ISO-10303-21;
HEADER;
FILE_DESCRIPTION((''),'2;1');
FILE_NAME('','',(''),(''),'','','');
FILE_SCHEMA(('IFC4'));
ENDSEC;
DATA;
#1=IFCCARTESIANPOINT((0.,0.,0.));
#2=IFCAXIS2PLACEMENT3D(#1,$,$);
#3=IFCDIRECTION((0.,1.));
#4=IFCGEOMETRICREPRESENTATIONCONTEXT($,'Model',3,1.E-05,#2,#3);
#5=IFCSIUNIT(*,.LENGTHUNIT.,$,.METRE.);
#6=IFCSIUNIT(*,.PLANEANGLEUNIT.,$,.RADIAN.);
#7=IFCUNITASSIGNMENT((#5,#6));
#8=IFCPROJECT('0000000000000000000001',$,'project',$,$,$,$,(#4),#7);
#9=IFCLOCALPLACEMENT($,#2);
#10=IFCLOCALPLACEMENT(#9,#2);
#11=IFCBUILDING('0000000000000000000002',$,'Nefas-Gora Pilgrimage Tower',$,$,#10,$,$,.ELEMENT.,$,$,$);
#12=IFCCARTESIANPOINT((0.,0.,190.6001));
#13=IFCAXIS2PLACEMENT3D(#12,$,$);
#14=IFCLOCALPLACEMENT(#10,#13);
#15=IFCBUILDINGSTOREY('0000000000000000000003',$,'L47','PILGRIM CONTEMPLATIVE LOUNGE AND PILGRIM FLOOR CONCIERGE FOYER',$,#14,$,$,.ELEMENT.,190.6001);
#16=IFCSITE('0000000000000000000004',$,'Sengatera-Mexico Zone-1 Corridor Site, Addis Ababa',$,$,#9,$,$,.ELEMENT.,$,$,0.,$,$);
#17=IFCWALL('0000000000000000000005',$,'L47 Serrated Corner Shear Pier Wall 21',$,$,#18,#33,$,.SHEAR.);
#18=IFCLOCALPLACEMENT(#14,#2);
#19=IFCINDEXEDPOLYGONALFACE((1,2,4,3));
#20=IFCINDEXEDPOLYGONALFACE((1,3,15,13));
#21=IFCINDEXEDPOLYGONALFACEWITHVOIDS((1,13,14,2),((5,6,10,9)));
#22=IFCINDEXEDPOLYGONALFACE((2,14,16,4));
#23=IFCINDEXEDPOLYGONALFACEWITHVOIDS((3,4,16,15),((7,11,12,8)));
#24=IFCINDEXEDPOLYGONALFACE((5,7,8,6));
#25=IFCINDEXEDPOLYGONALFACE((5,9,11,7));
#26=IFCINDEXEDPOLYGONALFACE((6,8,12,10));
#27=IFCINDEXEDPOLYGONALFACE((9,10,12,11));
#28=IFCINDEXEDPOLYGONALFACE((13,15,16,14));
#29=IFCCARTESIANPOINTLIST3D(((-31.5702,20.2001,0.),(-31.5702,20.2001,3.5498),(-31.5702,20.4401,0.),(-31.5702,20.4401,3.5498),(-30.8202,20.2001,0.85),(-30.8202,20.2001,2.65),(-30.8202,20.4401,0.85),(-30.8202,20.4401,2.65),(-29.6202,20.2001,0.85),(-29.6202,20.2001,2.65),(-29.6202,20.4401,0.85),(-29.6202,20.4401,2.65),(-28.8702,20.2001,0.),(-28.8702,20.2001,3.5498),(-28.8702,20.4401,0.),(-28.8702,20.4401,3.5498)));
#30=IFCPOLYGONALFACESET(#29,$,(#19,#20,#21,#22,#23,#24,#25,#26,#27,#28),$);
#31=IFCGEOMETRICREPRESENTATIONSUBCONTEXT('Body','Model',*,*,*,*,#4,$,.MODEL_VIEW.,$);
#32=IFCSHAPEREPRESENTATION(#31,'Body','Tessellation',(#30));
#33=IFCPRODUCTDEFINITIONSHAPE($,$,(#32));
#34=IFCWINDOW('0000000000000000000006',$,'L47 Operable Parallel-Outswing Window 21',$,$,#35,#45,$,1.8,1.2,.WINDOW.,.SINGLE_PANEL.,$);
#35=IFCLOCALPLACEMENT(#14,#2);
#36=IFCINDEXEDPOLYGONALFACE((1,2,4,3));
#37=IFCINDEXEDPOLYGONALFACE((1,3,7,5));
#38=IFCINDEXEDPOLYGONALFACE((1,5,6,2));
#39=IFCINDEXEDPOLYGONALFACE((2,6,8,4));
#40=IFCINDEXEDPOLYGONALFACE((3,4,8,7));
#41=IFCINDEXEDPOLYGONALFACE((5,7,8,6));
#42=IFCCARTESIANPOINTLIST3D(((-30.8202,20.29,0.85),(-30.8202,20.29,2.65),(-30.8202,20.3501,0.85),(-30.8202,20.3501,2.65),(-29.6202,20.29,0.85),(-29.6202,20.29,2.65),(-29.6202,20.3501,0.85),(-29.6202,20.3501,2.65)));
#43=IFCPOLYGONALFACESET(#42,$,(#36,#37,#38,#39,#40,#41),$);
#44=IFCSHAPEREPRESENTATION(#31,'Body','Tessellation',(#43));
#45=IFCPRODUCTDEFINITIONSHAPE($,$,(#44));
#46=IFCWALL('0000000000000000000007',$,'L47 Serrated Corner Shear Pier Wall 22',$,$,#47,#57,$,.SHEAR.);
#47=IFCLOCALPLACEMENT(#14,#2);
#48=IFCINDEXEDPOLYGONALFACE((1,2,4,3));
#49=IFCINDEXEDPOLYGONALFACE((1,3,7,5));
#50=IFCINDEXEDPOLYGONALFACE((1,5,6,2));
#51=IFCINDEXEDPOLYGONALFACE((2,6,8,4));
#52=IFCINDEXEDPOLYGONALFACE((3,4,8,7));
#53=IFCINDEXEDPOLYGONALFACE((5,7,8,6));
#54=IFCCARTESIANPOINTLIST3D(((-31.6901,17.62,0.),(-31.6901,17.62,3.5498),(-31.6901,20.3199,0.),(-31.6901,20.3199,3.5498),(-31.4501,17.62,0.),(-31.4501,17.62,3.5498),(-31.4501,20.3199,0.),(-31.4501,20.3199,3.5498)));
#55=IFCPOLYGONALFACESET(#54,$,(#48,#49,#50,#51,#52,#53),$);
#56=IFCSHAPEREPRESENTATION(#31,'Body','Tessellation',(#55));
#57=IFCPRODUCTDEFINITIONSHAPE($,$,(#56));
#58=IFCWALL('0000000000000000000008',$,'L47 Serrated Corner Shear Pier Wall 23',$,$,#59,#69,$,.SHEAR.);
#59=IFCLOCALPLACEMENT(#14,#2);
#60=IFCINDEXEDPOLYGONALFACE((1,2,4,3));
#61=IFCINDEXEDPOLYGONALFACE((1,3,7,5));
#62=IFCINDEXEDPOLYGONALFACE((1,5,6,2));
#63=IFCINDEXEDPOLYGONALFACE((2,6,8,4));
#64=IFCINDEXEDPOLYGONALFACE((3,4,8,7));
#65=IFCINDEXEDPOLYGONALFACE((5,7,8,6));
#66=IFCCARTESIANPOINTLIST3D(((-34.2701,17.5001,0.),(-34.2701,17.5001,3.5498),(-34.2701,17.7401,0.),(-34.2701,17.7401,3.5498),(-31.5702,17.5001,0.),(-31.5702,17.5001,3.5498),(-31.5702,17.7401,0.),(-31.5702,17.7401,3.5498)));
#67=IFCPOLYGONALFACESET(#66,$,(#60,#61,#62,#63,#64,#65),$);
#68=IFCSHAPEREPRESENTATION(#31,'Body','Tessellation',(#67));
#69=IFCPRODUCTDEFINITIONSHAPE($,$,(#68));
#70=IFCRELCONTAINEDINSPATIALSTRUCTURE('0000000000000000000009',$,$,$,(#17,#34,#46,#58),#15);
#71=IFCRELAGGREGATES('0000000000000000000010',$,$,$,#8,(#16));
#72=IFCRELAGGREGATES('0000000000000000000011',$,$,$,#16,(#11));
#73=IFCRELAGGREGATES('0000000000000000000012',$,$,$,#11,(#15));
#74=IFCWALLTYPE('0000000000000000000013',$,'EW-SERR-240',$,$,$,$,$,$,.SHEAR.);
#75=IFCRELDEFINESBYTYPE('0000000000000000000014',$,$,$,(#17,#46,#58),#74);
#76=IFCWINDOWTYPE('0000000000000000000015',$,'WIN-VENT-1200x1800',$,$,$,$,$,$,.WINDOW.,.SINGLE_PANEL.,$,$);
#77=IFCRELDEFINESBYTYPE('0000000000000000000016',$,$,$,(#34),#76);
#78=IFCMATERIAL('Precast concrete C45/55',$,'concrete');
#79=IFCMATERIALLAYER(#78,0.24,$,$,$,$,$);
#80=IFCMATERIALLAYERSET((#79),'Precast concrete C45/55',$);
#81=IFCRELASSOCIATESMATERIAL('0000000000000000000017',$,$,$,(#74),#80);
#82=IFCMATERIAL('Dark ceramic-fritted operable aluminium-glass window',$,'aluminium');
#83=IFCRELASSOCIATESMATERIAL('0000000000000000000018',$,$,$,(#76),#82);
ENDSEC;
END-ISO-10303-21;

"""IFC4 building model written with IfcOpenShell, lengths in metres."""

from ifc_helpers import new_model, si_unit, direction, frame, frame_2d, origin, place, context, subcontext, project, spatial, rectangle, extrude, source, transform, mapped, material, layer, layer_set, type_object, element, fill, save


model = new_model("IFC4")

# Units and contexts
model_context = context("Model", 3, precision=1e-05, world=origin(), true_north=direction((0.0, 1.0)))
body_context = subcontext(model_context, "Body", "Model", "MODEL_VIEW")
ifc_project = project(units=[si_unit("LENGTHUNIT", "METRE"), si_unit("PLANEANGLEUNIT", "RADIAN")], contexts=[model_context])

# Site, building, storey
site_placement = place(None, origin())
site = spatial("IfcSite", under=ifc_project, at=site_placement, Name="Sengatera-Mexico Zone-1 Corridor Site, Addis Ababa", CompositionType="ELEMENT", RefElevation=0.0)
building_placement = place(site_placement, origin())
building = spatial("IfcBuilding", under=site, at=building_placement, Name="Nefas-Gora Pilgrimage Tower", CompositionType="ELEMENT")
storey_placement = place(building_placement, frame((0.0, 0.0, 190.6001)))
storey = spatial("IfcBuildingStorey", under=building, at=storey_placement, Name="L47", Description="PILGRIM CONTEMPLATIVE LOUNGE AND PILGRIM FLOOR CONCIERGE FOYER", CompositionType="ELEMENT", Elevation=190.6001)

# Shared definitions
ifc_material_1 = material(Name="Precast concrete C45/55", Category="concrete")
ifc_layer_1 = layer(ifc_material_1, 0.24)
ifc_layer_set_1 = layer_set([ifc_layer_1], Name="Precast concrete C45/55")
wall_type_1 = type_object("IfcWallType", Name="EW-SERR-240", PredefinedType="SHEAR", material=ifc_layer_set_1)
shared_shape_1 = source(origin(), body_context, "Body", "SweptSolid", [
    extrude(rectangle(XDim=2.7, YDim=0.24, at=frame_2d((1.3501, 0.0))), origin(), (0.0, 0.0, 1.0), 3.5498),
])

# Wall, opening, window
wall_1_placement = place(storey_placement, frame((-28.8701, 20.3201, 0.0), z_axis=(0.0, 0.0, 1.0), x_axis=(-1.0, 0.0, 0.0)))
wall_1 = element("IfcWall", 1, at=wall_1_placement, inside=storey, type_object=wall_type_1, Name="L47 Serrated Corner Shear Pier Wall 21", PredefinedType="SHEAR", context=body_context, shape_type="MappedRepresentation", body=[
    mapped(shared_shape_1, transform((0.0, 0.0, 0.0), x_axis=(1.0, 0.0, 0.0), y_axis=(0.0, 1.0, 0.0), z_axis=(0.0, 0.0, 1.0), scale=1.0)),
])
opening_placement = place(wall_1_placement, frame((0.75, 0.0, 0.8501)))
opening = element("IfcOpeningElement", 2, at=opening_placement, cuts=wall_1, PredefinedType="OPENING", context=body_context, shape_type="SweptSolid", body=[
    extrude(rectangle(XDim=1.2, YDim=1.8, at=frame_2d((0.6001, 0.8999))), frame((0.0, 0.1299, 0.0), z_axis=(0.0, -1.0, 0.0), x_axis=(1.0, 0.0, 0.0)), (0.0, 0.0, 1.0), 0.26),
])
ifc_material_2 = material(Name="Dark ceramic-fritted operable aluminium-glass window", Category="aluminium")
window_type = type_object("IfcWindowType", Name="WIN-VENT-1200x1800", PartitioningType="SINGLE_PANEL", PredefinedType="WINDOW", material=ifc_material_2)
shared_shape_2 = source(origin(), body_context, "Body", "SweptSolid", [
    extrude(rectangle(XDim=1.2, YDim=1.8, at=frame_2d((0.6001, 0.8999))), frame((0.0, 0.03, 0.0), z_axis=(0.0, -1.0, 0.0), x_axis=(1.0, 0.0, 0.0)), (0.0, 0.0, 1.0), 0.0601),
])
window_placement = place(opening_placement, origin())
window = element("IfcWindow", 3, at=window_placement, inside=storey, type_object=window_type, Name="L47 Operable Parallel-Outswing Window 21", OverallHeight=1.8, OverallWidth=1.2, PartitioningType="SINGLE_PANEL", PredefinedType="WINDOW", context=body_context, shape_type="MappedRepresentation", body=[
    mapped(shared_shape_2, transform((0.0, 0.0, 0.0), x_axis=(1.0, 0.0, 0.0), y_axis=(0.0, 1.0, 0.0), z_axis=(0.0, 0.0, 1.0), scale=1.0)),
])
fill(opening, window)

# Walls
for number, where, z_axis, x_axis, name in (
    (4, (-31.5701, 20.3201, 0.0), (0.0, 0.0, 1.0), (0.0, -1.0, 0.0), "L47 Serrated Corner Shear Pier Wall 22"),
    (5, (-31.5701, 17.6201, 0.0), (0.0, 0.0, 1.0), (-1.0, 0.0, 0.0), "L47 Serrated Corner Shear Pier Wall 23"),
):
    element("IfcWall", number, at=place(storey_placement, frame(where, z_axis=z_axis, x_axis=x_axis)), inside=storey, type_object=wall_type_1, Name=name, PredefinedType="SHEAR", context=body_context, shape_type="MappedRepresentation", body=[
        mapped(shared_shape_1, transform((0.0, 0.0, 0.0), x_axis=(1.0, 0.0, 0.0), y_axis=(0.0, 1.0, 0.0), z_axis=(0.0, 0.0, 1.0), scale=1.0)),
    ])

save(model, "model.ifc")
